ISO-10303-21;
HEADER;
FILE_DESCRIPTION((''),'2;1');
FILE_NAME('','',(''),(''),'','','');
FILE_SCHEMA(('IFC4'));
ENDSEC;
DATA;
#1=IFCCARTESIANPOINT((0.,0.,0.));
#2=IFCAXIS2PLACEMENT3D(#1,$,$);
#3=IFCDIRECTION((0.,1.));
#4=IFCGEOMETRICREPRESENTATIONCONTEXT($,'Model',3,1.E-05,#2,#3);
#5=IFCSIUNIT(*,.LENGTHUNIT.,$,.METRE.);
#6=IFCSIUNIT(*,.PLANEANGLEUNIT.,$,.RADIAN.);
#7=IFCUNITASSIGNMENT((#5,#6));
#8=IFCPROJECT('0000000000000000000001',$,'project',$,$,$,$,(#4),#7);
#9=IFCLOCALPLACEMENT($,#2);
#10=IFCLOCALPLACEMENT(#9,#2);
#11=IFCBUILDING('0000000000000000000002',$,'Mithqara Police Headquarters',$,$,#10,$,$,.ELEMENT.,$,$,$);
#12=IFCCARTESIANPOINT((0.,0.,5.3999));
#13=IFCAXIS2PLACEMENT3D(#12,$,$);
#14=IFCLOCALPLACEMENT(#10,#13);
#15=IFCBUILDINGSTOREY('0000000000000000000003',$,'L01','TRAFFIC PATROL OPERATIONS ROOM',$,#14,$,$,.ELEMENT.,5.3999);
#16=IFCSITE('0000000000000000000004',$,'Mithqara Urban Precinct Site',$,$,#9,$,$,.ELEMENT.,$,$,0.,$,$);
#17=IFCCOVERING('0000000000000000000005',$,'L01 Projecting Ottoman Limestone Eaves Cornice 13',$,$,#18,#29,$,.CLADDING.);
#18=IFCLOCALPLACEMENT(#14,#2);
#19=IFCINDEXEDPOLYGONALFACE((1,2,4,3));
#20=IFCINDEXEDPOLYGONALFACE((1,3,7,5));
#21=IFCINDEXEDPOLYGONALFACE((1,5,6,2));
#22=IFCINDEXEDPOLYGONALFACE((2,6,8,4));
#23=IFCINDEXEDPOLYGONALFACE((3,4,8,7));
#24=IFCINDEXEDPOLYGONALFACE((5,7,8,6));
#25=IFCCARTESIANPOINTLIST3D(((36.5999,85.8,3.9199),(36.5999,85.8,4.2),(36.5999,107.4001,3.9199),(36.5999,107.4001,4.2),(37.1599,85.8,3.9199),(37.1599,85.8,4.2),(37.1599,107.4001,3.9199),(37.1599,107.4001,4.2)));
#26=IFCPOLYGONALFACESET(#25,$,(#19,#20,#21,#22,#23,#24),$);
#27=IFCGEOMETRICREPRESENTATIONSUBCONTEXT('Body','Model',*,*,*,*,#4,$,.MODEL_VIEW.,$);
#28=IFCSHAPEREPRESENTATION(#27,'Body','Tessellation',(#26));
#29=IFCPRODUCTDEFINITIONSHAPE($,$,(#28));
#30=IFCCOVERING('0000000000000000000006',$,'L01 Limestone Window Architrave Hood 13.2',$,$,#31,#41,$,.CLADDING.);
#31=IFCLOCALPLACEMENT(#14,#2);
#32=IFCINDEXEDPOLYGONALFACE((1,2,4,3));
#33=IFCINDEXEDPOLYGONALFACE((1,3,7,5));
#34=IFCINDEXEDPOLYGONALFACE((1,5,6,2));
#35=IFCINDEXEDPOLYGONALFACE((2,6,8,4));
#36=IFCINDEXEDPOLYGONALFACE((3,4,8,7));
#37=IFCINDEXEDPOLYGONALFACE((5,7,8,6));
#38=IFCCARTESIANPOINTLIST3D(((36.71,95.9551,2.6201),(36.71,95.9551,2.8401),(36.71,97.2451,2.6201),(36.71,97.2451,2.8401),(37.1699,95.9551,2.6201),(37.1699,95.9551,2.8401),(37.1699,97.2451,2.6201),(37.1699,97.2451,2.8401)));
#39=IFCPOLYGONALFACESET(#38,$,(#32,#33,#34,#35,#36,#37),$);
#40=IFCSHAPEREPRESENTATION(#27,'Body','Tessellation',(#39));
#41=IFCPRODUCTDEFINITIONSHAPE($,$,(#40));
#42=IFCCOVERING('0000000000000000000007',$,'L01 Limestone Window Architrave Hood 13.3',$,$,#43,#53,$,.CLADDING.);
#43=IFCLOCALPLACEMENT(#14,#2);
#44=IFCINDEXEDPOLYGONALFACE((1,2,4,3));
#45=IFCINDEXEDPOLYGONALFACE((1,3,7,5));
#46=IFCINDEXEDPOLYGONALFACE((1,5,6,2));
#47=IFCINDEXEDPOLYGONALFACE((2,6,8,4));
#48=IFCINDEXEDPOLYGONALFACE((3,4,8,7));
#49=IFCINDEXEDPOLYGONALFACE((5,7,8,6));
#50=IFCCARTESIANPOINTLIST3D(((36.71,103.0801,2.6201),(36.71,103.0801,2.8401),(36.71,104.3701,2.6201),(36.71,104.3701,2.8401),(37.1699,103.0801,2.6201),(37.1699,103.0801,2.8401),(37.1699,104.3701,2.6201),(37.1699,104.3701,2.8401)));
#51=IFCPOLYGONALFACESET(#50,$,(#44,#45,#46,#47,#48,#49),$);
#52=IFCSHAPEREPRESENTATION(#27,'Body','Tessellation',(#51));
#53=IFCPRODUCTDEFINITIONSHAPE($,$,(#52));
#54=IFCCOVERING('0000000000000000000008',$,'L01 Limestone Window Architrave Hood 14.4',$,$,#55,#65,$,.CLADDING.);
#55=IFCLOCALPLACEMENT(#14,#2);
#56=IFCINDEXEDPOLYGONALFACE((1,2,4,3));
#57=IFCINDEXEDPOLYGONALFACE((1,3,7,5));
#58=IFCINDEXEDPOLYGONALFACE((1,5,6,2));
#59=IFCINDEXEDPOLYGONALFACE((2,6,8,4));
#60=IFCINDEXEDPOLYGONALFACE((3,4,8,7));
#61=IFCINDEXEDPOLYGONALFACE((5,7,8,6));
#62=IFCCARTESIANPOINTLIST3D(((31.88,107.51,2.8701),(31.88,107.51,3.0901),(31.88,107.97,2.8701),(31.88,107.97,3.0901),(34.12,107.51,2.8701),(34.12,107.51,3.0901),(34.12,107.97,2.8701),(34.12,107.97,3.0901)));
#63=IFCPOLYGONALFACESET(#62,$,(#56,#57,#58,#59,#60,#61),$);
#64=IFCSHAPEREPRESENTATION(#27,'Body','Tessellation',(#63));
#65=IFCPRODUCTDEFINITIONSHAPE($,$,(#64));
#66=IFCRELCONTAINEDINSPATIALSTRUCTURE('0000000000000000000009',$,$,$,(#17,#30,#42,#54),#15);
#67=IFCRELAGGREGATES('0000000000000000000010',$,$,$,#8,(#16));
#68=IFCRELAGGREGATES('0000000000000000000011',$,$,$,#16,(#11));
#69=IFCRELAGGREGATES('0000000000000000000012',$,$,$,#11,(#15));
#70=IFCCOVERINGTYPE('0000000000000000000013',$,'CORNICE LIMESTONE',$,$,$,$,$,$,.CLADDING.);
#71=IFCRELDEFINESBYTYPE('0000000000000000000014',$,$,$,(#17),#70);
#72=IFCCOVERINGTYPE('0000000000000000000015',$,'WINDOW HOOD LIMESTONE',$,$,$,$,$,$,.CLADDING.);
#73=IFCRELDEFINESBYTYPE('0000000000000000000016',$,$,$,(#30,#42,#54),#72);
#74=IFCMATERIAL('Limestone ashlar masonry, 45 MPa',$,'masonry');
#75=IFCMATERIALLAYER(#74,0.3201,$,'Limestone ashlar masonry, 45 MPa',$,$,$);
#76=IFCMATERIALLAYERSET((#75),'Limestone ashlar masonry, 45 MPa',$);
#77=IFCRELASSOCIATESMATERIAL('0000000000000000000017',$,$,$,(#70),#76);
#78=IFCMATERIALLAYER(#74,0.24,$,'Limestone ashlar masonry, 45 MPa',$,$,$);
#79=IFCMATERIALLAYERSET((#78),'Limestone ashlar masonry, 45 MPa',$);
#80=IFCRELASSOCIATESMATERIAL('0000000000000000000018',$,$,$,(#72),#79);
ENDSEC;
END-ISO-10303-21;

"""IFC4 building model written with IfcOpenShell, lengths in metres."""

from ifc_helpers import new_model, si_unit, direction, frame, origin, origin_2d, place, context, subcontext, project, spatial, rectangle, extrude, material, layer, layer_set, type_object, element, save


model = new_model("IFC4")

# Units and contexts
model_context = context("Model", 3, precision=1e-05, world=origin(), true_north=direction((0.0, 1.0)))
body_context = subcontext(model_context, "Body", "Model", "MODEL_VIEW")
ifc_project = project(units=[si_unit("LENGTHUNIT", "METRE"), si_unit("PLANEANGLEUNIT", "RADIAN")], contexts=[model_context])

# Site, building, storey
site_placement = place(None, origin())
site = spatial("IfcSite", under=ifc_project, at=site_placement, Name="Mithqara Urban Precinct Site", CompositionType="ELEMENT", RefElevation=0.0)
building_placement = place(site_placement, origin())
building = spatial("IfcBuilding", under=site, at=building_placement, Name="Mithqara Police Headquarters", CompositionType="ELEMENT")
storey_placement = place(building_placement, frame((0.0, 0.0, 5.3999)))
storey = spatial("IfcBuildingStorey", under=building, at=storey_placement, Name="L01", Description="TRAFFIC PATROL OPERATIONS ROOM", CompositionType="ELEMENT", Elevation=5.3999)

# Coverings
ifc_material_1 = material(Name="Limestone ashlar masonry, 45 MPa", Category="masonry")
ifc_layer_1 = layer(ifc_material_1, 0.3201, Name="Limestone ashlar masonry, 45 MPa")
ifc_layer_set_1 = layer_set([ifc_layer_1], Name="Limestone ashlar masonry, 45 MPa")
covering_type_1 = type_object("IfcCoveringType", Name="CORNICE LIMESTONE", PredefinedType="CLADDING", material=ifc_layer_set_1)
covering_1_placement = place(storey_placement, frame((36.8799, 96.6001, 3.9199), z_axis=(0.0, 0.0, 1.0), x_axis=(0.0, 1.0, 0.0)))
element("IfcCovering", 1, at=covering_1_placement, inside=storey, type_object=covering_type_1, Name="L01 Projecting Ottoman Limestone Eaves Cornice 13", PredefinedType="CLADDING", context=body_context, shape_type="SweptSolid", body=[
    extrude(rectangle(XDim=21.6001, YDim=0.5601, at=origin_2d()), origin(), (0.0, 0.0, 1.0), 0.28),
])
ifc_layer_2 = layer(ifc_material_1, 0.24, Name="Limestone ashlar masonry, 45 MPa")
ifc_layer_set_2 = layer_set([ifc_layer_2], Name="Limestone ashlar masonry, 45 MPa")
covering_type_2 = type_object("IfcCoveringType", Name="WINDOW HOOD LIMESTONE", PredefinedType="CLADDING", material=ifc_layer_set_2)
for number, where, z_axis, x_axis, name in (
    (2, (36.9399, 96.6001, 2.6201), (0.0, 0.0, 1.0), (0.0, 1.0, 0.0), "L01 Limestone Window Architrave Hood 13.2"),
    (3, (36.9399, 103.7251, 2.6201), (0.0, 0.0, 1.0), (0.0, 1.0, 0.0), "L01 Limestone Window Architrave Hood 13.3"),
):
    element("IfcCovering", number, at=place(storey_placement, frame(where, z_axis=z_axis, x_axis=x_axis)), inside=storey, type_object=covering_type_2, Name=name, PredefinedType="CLADDING", context=body_context, shape_type="SweptSolid", body=[
        extrude(rectangle(XDim=1.29, YDim=0.46, at=origin_2d()), origin(), (0.0, 0.0, 1.0), 0.22),
    ])
covering_2_placement = place(storey_placement, frame((33.0, 107.74, 2.8701), z_axis=(0.0, 0.0, 1.0), x_axis=(1.0, 0.0, 0.0)))
element("IfcCovering", 4, at=covering_2_placement, inside=storey, type_object=covering_type_2, Name="L01 Limestone Window Architrave Hood 14.4", PredefinedType="CLADDING", context=body_context, shape_type="SweptSolid", body=[
    extrude(rectangle(XDim=2.24, YDim=0.46, at=origin_2d()), origin(), (0.0, 0.0, 1.0), 0.22),
])

save(model, "model.ifc")
